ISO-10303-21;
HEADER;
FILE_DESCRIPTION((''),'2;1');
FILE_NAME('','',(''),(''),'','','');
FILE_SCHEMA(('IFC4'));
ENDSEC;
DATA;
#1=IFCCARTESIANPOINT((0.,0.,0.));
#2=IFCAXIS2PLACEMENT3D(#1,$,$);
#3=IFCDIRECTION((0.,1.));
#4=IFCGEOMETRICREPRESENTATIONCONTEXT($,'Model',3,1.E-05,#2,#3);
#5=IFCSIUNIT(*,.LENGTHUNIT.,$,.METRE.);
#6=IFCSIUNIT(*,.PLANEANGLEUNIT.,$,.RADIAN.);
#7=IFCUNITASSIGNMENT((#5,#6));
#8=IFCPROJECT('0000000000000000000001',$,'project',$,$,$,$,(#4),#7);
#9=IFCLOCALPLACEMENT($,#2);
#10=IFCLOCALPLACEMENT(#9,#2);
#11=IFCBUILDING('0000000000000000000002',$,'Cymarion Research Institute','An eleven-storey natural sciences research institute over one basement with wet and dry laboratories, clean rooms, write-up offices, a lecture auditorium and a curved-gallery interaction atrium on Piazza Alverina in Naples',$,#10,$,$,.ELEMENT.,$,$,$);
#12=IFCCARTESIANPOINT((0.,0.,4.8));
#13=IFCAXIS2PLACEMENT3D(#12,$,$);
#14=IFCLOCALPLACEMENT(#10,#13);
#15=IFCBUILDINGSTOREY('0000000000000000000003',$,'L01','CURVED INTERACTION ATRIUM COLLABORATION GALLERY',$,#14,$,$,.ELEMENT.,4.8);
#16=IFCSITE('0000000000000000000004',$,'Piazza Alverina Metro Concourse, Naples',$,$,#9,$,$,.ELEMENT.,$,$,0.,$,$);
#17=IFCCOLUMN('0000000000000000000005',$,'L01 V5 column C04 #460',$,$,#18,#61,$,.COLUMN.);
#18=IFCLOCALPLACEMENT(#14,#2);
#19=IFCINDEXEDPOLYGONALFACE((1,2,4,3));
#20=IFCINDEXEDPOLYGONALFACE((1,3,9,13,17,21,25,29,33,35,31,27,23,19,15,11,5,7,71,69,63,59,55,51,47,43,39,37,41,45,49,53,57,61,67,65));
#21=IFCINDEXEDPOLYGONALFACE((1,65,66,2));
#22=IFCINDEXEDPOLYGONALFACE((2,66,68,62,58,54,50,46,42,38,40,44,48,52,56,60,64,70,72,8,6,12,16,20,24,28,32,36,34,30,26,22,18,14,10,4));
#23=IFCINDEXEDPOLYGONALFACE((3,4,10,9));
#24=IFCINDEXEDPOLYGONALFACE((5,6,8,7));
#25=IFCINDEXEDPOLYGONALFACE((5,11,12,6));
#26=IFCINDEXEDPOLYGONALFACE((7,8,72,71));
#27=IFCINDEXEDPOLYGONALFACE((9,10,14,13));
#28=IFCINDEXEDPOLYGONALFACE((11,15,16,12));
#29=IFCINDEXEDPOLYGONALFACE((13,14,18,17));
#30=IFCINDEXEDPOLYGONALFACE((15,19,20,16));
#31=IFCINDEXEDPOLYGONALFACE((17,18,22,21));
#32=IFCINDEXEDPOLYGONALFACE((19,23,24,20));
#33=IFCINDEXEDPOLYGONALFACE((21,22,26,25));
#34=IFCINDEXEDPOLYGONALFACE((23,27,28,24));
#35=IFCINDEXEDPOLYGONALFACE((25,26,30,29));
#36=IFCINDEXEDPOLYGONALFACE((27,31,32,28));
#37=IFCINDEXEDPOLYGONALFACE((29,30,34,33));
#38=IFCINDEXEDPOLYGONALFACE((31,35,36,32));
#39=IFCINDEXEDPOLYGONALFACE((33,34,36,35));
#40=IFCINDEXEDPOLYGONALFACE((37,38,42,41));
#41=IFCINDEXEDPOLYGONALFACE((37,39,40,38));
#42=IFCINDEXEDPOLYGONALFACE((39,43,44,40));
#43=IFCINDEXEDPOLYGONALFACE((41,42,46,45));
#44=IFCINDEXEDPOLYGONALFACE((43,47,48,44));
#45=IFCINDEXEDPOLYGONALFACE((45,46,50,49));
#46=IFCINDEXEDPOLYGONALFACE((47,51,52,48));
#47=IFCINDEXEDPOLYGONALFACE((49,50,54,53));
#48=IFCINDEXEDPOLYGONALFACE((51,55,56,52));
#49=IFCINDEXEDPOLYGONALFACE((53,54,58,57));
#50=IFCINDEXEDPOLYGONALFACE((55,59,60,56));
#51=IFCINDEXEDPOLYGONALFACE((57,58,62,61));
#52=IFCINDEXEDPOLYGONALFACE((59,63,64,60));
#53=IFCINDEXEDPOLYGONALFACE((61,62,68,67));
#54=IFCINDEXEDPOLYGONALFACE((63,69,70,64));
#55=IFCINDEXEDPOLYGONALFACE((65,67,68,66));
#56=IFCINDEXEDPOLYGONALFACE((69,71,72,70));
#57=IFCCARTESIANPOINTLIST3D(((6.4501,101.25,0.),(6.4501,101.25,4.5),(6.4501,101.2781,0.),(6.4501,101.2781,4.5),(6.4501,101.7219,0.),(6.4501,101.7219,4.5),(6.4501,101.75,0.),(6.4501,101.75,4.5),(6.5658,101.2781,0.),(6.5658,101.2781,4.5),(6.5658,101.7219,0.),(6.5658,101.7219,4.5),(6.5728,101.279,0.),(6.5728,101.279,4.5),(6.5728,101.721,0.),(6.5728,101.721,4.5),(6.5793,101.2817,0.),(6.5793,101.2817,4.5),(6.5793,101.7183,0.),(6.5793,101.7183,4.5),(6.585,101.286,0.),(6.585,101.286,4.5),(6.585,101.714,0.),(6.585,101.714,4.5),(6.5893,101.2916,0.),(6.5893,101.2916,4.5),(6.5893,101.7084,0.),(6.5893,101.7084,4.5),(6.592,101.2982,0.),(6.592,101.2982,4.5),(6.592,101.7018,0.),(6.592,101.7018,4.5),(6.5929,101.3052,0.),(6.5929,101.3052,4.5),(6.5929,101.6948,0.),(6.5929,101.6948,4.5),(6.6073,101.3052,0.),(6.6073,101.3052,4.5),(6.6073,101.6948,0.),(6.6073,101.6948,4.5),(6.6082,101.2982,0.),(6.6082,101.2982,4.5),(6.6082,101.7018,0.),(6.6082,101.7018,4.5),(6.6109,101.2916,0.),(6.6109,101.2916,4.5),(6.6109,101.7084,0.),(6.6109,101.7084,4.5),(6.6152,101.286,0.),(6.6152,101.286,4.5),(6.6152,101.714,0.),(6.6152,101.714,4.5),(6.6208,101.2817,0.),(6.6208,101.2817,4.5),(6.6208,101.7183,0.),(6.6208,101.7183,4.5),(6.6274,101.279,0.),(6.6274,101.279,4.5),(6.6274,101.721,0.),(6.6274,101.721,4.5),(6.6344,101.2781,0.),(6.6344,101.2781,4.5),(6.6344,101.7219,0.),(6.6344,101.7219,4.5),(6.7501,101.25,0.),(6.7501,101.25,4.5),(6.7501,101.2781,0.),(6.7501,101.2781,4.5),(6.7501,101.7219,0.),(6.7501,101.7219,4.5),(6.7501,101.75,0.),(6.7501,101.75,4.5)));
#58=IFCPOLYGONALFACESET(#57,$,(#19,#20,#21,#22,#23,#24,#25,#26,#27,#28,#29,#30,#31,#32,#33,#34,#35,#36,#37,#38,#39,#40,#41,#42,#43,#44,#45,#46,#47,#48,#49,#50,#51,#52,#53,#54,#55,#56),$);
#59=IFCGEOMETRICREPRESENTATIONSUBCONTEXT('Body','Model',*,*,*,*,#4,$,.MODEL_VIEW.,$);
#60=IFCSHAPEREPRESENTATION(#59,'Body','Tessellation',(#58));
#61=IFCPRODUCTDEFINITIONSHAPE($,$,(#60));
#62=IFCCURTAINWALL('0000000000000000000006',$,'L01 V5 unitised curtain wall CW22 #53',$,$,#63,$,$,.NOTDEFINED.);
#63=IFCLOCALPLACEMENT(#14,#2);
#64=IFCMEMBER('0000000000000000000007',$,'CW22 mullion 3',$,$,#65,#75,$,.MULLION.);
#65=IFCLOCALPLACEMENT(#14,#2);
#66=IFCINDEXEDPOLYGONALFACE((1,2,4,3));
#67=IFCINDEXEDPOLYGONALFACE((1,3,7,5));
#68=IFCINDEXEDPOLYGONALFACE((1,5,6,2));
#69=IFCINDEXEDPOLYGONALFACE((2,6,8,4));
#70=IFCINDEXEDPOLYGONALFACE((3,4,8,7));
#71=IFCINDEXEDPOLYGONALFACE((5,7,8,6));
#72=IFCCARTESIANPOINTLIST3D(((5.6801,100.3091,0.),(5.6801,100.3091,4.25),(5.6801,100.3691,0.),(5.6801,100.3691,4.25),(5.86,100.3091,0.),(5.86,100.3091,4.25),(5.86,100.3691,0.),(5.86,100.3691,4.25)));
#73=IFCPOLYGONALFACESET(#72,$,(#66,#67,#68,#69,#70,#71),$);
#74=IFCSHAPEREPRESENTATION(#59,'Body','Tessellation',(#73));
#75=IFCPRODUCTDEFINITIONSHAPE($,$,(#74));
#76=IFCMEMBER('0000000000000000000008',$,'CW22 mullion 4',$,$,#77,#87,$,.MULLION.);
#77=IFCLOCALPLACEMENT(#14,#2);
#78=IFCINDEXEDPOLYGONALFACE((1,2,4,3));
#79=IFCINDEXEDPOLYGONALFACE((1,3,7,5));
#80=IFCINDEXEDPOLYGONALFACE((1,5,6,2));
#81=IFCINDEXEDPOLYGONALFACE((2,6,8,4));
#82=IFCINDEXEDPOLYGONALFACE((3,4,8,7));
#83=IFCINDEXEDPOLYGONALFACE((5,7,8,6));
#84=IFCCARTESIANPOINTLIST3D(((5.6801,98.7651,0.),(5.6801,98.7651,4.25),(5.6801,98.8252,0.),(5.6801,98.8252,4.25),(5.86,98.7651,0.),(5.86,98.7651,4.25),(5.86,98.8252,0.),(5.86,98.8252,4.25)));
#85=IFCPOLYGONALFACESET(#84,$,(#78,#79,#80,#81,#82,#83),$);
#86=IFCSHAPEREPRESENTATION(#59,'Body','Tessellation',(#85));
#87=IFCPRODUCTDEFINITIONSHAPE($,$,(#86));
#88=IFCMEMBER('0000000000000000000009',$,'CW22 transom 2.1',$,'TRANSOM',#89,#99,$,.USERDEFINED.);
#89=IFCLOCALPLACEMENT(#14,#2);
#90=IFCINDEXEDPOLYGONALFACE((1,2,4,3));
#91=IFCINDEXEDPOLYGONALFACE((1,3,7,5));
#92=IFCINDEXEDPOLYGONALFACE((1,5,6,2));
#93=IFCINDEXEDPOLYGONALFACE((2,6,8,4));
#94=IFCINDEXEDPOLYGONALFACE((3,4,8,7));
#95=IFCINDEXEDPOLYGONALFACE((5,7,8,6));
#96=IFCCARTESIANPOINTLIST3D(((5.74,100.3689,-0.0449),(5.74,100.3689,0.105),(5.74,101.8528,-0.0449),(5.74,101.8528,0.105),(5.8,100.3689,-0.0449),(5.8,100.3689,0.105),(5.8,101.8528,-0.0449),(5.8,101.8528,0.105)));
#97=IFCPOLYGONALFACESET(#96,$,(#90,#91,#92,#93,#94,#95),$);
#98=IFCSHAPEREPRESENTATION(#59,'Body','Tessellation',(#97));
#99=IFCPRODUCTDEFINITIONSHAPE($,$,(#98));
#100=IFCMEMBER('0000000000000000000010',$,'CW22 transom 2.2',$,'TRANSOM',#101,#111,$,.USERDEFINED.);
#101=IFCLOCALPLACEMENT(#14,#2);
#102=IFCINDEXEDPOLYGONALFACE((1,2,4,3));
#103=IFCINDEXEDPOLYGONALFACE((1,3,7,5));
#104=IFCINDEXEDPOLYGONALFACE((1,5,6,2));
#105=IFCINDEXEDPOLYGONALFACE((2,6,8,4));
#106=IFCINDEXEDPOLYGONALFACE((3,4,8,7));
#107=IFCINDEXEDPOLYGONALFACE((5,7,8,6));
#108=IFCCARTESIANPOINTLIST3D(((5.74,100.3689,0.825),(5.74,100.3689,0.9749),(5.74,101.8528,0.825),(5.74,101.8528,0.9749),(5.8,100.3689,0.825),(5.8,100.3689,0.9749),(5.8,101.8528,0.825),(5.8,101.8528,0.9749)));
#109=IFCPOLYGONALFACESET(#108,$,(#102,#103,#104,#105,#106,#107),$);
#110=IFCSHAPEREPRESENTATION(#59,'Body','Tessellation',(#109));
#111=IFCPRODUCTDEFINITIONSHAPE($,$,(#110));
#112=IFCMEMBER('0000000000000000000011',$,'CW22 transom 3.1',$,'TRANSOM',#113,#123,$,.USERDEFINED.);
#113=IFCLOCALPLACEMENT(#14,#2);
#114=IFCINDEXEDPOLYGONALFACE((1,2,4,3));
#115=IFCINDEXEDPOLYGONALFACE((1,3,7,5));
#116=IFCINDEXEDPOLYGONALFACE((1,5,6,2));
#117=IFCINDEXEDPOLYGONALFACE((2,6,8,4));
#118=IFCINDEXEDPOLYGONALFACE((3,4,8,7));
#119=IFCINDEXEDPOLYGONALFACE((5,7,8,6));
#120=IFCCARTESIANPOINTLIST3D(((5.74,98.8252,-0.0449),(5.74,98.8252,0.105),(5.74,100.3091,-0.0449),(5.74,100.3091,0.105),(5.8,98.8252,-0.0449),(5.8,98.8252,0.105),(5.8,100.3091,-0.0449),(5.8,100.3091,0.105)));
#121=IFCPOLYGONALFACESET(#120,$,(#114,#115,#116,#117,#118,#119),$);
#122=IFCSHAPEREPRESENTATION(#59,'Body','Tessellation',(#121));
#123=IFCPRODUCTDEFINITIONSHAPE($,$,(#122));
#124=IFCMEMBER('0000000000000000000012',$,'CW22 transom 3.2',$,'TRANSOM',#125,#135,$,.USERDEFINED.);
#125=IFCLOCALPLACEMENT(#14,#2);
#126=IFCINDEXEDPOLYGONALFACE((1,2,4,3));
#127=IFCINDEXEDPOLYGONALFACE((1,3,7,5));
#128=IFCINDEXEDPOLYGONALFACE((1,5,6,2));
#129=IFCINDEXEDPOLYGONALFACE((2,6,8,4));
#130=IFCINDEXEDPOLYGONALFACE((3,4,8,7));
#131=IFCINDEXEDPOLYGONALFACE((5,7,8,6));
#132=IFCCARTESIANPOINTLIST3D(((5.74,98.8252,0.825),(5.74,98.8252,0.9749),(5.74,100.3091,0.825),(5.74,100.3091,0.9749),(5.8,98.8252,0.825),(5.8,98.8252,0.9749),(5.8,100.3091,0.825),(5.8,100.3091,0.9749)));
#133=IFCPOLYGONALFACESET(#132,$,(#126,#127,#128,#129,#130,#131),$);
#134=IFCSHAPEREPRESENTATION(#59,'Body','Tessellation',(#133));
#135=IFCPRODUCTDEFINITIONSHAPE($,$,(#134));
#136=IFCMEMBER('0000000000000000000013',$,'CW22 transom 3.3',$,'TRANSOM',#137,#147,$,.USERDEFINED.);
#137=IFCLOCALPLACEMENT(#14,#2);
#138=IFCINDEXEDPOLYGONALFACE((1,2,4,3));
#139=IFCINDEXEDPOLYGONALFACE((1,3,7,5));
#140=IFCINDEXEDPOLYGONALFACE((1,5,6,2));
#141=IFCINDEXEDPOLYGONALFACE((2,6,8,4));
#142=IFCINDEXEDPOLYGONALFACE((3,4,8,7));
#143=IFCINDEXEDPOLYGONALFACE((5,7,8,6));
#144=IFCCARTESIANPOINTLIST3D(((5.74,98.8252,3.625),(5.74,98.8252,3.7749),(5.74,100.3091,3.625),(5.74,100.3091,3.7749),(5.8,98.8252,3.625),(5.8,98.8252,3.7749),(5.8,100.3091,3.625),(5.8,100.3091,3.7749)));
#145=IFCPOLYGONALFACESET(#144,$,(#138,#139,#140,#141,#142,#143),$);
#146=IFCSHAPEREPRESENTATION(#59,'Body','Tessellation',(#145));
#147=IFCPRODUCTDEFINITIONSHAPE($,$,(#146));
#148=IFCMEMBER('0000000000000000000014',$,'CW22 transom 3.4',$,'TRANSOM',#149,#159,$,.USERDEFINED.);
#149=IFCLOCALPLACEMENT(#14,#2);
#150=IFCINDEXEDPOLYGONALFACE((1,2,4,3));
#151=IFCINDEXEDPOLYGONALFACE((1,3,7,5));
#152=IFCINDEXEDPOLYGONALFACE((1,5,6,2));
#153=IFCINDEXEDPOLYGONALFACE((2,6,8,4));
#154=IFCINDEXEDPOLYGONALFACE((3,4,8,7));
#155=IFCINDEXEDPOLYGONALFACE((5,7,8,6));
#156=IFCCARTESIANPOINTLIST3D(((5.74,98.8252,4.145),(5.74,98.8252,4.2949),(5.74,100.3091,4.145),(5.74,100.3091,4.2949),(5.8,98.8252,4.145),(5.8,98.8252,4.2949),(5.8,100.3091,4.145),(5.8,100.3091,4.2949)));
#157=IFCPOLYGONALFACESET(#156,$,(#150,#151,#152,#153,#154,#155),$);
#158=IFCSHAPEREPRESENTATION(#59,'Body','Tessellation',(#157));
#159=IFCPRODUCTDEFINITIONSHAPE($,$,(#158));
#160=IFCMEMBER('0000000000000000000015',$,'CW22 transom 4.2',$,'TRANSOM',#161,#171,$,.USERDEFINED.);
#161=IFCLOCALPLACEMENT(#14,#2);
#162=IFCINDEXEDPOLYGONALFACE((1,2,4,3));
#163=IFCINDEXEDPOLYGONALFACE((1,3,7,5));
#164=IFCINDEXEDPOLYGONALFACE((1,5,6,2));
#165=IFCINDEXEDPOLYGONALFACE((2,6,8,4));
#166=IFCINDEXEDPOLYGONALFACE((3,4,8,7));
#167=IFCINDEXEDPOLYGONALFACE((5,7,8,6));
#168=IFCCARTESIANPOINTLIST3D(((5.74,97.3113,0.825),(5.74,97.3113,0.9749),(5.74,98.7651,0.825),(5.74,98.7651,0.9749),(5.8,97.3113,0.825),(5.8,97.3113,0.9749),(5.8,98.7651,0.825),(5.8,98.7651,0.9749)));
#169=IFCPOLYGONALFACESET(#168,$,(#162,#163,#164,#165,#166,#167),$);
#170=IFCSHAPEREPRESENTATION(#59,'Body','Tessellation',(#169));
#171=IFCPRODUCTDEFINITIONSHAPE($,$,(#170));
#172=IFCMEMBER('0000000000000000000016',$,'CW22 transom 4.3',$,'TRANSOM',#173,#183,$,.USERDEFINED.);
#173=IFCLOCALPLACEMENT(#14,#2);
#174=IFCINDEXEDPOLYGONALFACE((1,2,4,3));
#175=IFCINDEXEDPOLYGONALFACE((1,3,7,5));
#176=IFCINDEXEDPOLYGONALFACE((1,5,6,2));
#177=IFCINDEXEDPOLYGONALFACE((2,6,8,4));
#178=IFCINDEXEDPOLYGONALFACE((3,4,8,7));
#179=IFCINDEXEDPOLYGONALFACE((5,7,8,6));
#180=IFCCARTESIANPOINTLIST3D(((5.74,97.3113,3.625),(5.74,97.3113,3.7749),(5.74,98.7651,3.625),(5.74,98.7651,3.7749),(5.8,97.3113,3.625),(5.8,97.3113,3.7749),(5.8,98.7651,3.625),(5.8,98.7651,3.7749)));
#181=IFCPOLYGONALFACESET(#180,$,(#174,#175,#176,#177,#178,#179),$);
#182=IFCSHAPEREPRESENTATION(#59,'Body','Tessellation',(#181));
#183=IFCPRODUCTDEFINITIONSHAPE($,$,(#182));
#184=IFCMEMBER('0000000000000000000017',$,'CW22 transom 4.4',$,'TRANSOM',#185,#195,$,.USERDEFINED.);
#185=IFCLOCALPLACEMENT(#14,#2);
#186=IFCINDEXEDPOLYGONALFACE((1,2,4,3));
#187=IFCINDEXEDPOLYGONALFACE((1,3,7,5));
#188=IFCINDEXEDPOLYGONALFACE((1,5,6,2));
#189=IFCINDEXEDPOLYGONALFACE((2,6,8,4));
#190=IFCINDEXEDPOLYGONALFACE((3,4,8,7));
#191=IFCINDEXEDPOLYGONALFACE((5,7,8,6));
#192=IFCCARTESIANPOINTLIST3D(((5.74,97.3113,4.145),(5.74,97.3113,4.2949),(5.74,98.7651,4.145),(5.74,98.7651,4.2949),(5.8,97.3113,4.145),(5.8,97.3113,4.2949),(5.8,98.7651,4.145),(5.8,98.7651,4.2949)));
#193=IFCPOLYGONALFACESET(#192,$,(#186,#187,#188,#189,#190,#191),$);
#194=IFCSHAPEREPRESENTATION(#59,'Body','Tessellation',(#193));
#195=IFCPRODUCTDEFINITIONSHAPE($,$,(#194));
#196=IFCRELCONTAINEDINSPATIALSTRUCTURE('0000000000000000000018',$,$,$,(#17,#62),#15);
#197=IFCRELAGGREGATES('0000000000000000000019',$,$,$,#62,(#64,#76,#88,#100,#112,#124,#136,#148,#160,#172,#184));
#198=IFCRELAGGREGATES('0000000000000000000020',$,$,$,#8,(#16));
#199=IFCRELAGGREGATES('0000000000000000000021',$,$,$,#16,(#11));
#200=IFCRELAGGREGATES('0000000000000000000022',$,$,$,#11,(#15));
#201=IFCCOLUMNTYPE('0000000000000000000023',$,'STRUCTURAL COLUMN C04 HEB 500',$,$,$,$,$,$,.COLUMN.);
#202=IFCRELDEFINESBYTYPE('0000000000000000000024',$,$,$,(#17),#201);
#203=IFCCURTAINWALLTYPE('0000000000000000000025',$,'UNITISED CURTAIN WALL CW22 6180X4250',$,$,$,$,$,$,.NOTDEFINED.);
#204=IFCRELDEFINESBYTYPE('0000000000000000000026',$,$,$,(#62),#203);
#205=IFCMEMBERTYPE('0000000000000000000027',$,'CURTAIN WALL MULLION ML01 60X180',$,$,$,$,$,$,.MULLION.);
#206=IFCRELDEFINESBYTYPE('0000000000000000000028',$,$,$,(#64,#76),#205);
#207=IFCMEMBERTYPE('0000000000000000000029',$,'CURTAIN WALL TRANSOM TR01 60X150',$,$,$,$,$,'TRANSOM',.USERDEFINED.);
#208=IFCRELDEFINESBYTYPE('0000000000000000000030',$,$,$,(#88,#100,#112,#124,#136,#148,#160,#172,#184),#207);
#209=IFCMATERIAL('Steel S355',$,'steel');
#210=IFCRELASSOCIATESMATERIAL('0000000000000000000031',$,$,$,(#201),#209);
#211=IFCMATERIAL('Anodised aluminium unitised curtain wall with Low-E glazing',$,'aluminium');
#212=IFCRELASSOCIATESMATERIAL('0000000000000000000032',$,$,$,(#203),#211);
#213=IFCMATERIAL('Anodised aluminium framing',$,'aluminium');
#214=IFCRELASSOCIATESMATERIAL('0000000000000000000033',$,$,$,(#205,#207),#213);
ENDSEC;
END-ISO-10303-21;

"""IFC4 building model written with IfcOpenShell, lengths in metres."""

from ifc_helpers import new_model, si_unit, direction, frame, origin, origin_2d, place, context, subcontext, project, spatial, rectangle, i_section, extrude, material, material_profile, profile_set, type_object, element, aggregate, save


model = new_model("IFC4")

# Units and contexts
model_context = context("Model", 3, precision=1e-05, world=origin(), true_north=direction((0.0, 1.0)))
body_context = subcontext(model_context, "Body", "Model", "MODEL_VIEW")
ifc_project = project(units=[si_unit("LENGTHUNIT", "METRE"), si_unit("PLANEANGLEUNIT", "RADIAN")], contexts=[model_context])

# Site, building, storey
site_placement = place(None, origin())
site = spatial("IfcSite", under=ifc_project, at=site_placement, Name="Piazza Alverina Metro Concourse, Naples", CompositionType="ELEMENT", RefElevation=0.0)
building_placement = place(site_placement, origin())
building = spatial("IfcBuilding", under=site, at=building_placement, Name="Cymarion Research Institute", Description="An eleven-storey natural sciences research institute over one basement with wet and dry laboratories, clean rooms, write-up offices, a lecture auditorium and a curved-gallery interaction atrium on Piazza Alverina in Naples", CompositionType="ELEMENT")
storey_placement = place(building_placement, frame((0.0, 0.0, 4.8)))
storey = spatial("IfcBuildingStorey", under=building, at=storey_placement, Name="L01", Description="CURVED INTERACTION ATRIUM COLLABORATION GALLERY", CompositionType="ELEMENT", Elevation=4.8)

# Column
ifc_material_1 = material(Name="Steel S355", Category="steel")
ifc_material_profile_1 = material_profile(ifc_material_1, i_section(OverallWidth=0.3, OverallDepth=0.5, WebThickness=0.0144, FlangeThickness=0.0281, FilletRadius=0.0271, at=origin_2d()), Name="HEB 500")
ifc_profile_set_1 = profile_set([ifc_material_profile_1], Name="Steel S355")
column_type = type_object("IfcColumnType", Name="STRUCTURAL COLUMN C04 HEB 500", PredefinedType="COLUMN", material=ifc_profile_set_1)
column_placement = place(storey_placement, frame((6.6001, 101.5, 0.0), z_axis=(0.0, 0.0, 1.0), x_axis=(1.0, 0.0, 0.0)))
element("IfcColumn", 1, at=column_placement, inside=storey, type_object=column_type, Name="L01 V5 column C04 #460", PredefinedType="COLUMN", context=body_context, shape_type="SweptSolid", body=[
    extrude(i_section(OverallWidth=0.3, OverallDepth=0.5, WebThickness=0.0144, FlangeThickness=0.0281, FilletRadius=0.0271, at=origin_2d()), origin(), (0.0, 0.0, 1.0), 4.5),
])

# Curtain wall, members
ifc_material_2 = material(Name="Anodised aluminium unitised curtain wall with Low-E glazing", Category="aluminium")
curtain_wall_type = type_object("IfcCurtainWallType", Name="UNITISED CURTAIN WALL CW22 6180X4250", PredefinedType="NOTDEFINED", material=ifc_material_2)
curtain_wall_placement = place(storey_placement, origin())
curtain_wall = element("IfcCurtainWall", 2, at=curtain_wall_placement, inside=storey, type_object=curtain_wall_type, Name="L01 V5 unitised curtain wall CW22 #53", PredefinedType="NOTDEFINED")
ifc_material_3 = material(Name="Anodised aluminium framing", Category="aluminium")
ifc_material_profile_2 = material_profile(ifc_material_3, rectangle(XDim=0.0601, YDim=0.1799, at=origin_2d()), Name="ALU MULLION 60x180")
ifc_profile_set_2 = profile_set([ifc_material_profile_2], Name="Anodised aluminium framing")
member_type_1 = type_object("IfcMemberType", Name="CURTAIN WALL MULLION ML01 60X180", PredefinedType="MULLION", material=ifc_profile_set_2)
member_1_placement = place(storey_placement, frame((5.77, 100.3391, 0.0), z_axis=(0.0, 0.0, 1.0), x_axis=(0.0, -1.0, 0.0)))
member_1 = element("IfcMember", 3, at=member_1_placement, type_object=member_type_1, Name="CW22 mullion 3", PredefinedType="MULLION", context=body_context, shape_type="SweptSolid", body=[
    extrude(rectangle(XDim=0.0601, YDim=0.1799, at=origin_2d()), origin(), (0.0, 0.0, 1.0), 4.25),
])
member_2_placement = place(storey_placement, frame((5.77, 98.7952, 0.0), z_axis=(0.0, 0.0, 1.0), x_axis=(0.0, -1.0, 0.0)))
member_2 = element("IfcMember", 4, at=member_2_placement, type_object=member_type_1, Name="CW22 mullion 4", PredefinedType="MULLION", context=body_context, shape_type="SweptSolid", body=[
    extrude(rectangle(XDim=0.0601, YDim=0.1799, at=origin_2d()), origin(), (0.0, 0.0, 1.0), 4.25),
])
ifc_material_profile_3 = material_profile(ifc_material_3, rectangle(XDim=0.0601, YDim=0.1499, at=origin_2d()), Name="ALU TRANSOM 60x150")
ifc_profile_set_3 = profile_set([ifc_material_profile_3], Name="Anodised aluminium framing")
member_type_2 = type_object("IfcMemberType", Name="CURTAIN WALL TRANSOM TR01 60X150", ElementType="TRANSOM", PredefinedType="USERDEFINED", material=ifc_profile_set_3)
member_3_placement = place(storey_placement, frame((5.77, 101.8528, 0.03), z_axis=(0.0, -1.0, 0.0), x_axis=(1.0, 0.0, 0.0)))
member_3 = element("IfcMember", 5, at=member_3_placement, type_object=member_type_2, Name="CW22 transom 2.1", ObjectType="TRANSOM", PredefinedType="USERDEFINED", context=body_context, shape_type="SweptSolid", body=[
    extrude(rectangle(XDim=0.0601, YDim=0.1499, at=origin_2d()), origin(), (0.0, 0.0, 1.0), 1.4839),
])
member_4_placement = place(storey_placement, frame((5.77, 101.8528, 0.8999), z_axis=(0.0, -1.0, 0.0), x_axis=(1.0, 0.0, 0.0)))
member_4 = element("IfcMember", 6, at=member_4_placement, type_object=member_type_2, Name="CW22 transom 2.2", ObjectType="TRANSOM", PredefinedType="USERDEFINED", context=body_context, shape_type="SweptSolid", body=[
    extrude(rectangle(XDim=0.0601, YDim=0.1499, at=origin_2d()), origin(), (0.0, 0.0, 1.0), 1.4839),
])
member_5_placement = place(storey_placement, frame((5.77, 100.3091, 0.03), z_axis=(0.0, -1.0, 0.0), x_axis=(1.0, 0.0, 0.0)))
member_5 = element("IfcMember", 7, at=member_5_placement, type_object=member_type_2, Name="CW22 transom 3.1", ObjectType="TRANSOM", PredefinedType="USERDEFINED", context=body_context, shape_type="SweptSolid", body=[
    extrude(rectangle(XDim=0.0601, YDim=0.1499, at=origin_2d()), origin(), (0.0, 0.0, 1.0), 1.4839),
])
member_6_placement = place(storey_placement, frame((5.77, 100.3091, 0.8999), z_axis=(0.0, -1.0, 0.0), x_axis=(1.0, 0.0, 0.0)))
member_6 = element("IfcMember", 8, at=member_6_placement, type_object=member_type_2, Name="CW22 transom 3.2", ObjectType="TRANSOM", PredefinedType="USERDEFINED", context=body_context, shape_type="SweptSolid", body=[
    extrude(rectangle(XDim=0.0601, YDim=0.1499, at=origin_2d()), origin(), (0.0, 0.0, 1.0), 1.4839),
])
member_7_placement = place(storey_placement, frame((5.77, 100.3091, 3.7), z_axis=(0.0, -1.0, 0.0), x_axis=(1.0, 0.0, 0.0)))
member_7 = element("IfcMember", 9, at=member_7_placement, type_object=member_type_2, Name="CW22 transom 3.3", ObjectType="TRANSOM", PredefinedType="USERDEFINED", context=body_context, shape_type="SweptSolid", body=[
    extrude(rectangle(XDim=0.0601, YDim=0.1499, at=origin_2d()), origin(), (0.0, 0.0, 1.0), 1.4839),
])
member_8_placement = place(storey_placement, frame((5.77, 100.3091, 4.22), z_axis=(0.0, -1.0, 0.0), x_axis=(1.0, 0.0, 0.0)))
member_8 = element("IfcMember", 10, at=member_8_placement, type_object=member_type_2, Name="CW22 transom 3.4", ObjectType="TRANSOM", PredefinedType="USERDEFINED", context=body_context, shape_type="SweptSolid", body=[
    extrude(rectangle(XDim=0.0601, YDim=0.1499, at=origin_2d()), origin(), (0.0, 0.0, 1.0), 1.4839),
])
member_9_placement = place(storey_placement, frame((5.77, 98.7651, 0.8999), z_axis=(0.0, -1.0, 0.0), x_axis=(1.0, 0.0, 0.0)))
member_9 = element("IfcMember", 11, at=member_9_placement, type_object=member_type_2, Name="CW22 transom 4.2", ObjectType="TRANSOM", PredefinedType="USERDEFINED", context=body_context, shape_type="SweptSolid", body=[
    extrude(rectangle(XDim=0.0601, YDim=0.1499, at=origin_2d()), origin(), (0.0, 0.0, 1.0), 1.4539),
])
member_10_placement = place(storey_placement, frame((5.77, 98.7651, 3.7), z_axis=(0.0, -1.0, 0.0), x_axis=(1.0, 0.0, 0.0)))
member_10 = element("IfcMember", 12, at=member_10_placement, type_object=member_type_2, Name="CW22 transom 4.3", ObjectType="TRANSOM", PredefinedType="USERDEFINED", context=body_context, shape_type="SweptSolid", body=[
    extrude(rectangle(XDim=0.0601, YDim=0.1499, at=origin_2d()), origin(), (0.0, 0.0, 1.0), 1.4539),
])
member_11_placement = place(storey_placement, frame((5.77, 98.7651, 4.22), z_axis=(0.0, -1.0, 0.0), x_axis=(1.0, 0.0, 0.0)))
member_11 = element("IfcMember", 13, at=member_11_placement, type_object=member_type_2, Name="CW22 transom 4.4", ObjectType="TRANSOM", PredefinedType="USERDEFINED", context=body_context, shape_type="SweptSolid", body=[
    extrude(rectangle(XDim=0.0601, YDim=0.1499, at=origin_2d()), origin(), (0.0, 0.0, 1.0), 1.4539),
])

aggregate(curtain_wall, [member_1, member_2, member_3, member_4, member_5, member_6, member_7, member_8, member_9, member_10, member_11])

save(model, "model.ifc")
